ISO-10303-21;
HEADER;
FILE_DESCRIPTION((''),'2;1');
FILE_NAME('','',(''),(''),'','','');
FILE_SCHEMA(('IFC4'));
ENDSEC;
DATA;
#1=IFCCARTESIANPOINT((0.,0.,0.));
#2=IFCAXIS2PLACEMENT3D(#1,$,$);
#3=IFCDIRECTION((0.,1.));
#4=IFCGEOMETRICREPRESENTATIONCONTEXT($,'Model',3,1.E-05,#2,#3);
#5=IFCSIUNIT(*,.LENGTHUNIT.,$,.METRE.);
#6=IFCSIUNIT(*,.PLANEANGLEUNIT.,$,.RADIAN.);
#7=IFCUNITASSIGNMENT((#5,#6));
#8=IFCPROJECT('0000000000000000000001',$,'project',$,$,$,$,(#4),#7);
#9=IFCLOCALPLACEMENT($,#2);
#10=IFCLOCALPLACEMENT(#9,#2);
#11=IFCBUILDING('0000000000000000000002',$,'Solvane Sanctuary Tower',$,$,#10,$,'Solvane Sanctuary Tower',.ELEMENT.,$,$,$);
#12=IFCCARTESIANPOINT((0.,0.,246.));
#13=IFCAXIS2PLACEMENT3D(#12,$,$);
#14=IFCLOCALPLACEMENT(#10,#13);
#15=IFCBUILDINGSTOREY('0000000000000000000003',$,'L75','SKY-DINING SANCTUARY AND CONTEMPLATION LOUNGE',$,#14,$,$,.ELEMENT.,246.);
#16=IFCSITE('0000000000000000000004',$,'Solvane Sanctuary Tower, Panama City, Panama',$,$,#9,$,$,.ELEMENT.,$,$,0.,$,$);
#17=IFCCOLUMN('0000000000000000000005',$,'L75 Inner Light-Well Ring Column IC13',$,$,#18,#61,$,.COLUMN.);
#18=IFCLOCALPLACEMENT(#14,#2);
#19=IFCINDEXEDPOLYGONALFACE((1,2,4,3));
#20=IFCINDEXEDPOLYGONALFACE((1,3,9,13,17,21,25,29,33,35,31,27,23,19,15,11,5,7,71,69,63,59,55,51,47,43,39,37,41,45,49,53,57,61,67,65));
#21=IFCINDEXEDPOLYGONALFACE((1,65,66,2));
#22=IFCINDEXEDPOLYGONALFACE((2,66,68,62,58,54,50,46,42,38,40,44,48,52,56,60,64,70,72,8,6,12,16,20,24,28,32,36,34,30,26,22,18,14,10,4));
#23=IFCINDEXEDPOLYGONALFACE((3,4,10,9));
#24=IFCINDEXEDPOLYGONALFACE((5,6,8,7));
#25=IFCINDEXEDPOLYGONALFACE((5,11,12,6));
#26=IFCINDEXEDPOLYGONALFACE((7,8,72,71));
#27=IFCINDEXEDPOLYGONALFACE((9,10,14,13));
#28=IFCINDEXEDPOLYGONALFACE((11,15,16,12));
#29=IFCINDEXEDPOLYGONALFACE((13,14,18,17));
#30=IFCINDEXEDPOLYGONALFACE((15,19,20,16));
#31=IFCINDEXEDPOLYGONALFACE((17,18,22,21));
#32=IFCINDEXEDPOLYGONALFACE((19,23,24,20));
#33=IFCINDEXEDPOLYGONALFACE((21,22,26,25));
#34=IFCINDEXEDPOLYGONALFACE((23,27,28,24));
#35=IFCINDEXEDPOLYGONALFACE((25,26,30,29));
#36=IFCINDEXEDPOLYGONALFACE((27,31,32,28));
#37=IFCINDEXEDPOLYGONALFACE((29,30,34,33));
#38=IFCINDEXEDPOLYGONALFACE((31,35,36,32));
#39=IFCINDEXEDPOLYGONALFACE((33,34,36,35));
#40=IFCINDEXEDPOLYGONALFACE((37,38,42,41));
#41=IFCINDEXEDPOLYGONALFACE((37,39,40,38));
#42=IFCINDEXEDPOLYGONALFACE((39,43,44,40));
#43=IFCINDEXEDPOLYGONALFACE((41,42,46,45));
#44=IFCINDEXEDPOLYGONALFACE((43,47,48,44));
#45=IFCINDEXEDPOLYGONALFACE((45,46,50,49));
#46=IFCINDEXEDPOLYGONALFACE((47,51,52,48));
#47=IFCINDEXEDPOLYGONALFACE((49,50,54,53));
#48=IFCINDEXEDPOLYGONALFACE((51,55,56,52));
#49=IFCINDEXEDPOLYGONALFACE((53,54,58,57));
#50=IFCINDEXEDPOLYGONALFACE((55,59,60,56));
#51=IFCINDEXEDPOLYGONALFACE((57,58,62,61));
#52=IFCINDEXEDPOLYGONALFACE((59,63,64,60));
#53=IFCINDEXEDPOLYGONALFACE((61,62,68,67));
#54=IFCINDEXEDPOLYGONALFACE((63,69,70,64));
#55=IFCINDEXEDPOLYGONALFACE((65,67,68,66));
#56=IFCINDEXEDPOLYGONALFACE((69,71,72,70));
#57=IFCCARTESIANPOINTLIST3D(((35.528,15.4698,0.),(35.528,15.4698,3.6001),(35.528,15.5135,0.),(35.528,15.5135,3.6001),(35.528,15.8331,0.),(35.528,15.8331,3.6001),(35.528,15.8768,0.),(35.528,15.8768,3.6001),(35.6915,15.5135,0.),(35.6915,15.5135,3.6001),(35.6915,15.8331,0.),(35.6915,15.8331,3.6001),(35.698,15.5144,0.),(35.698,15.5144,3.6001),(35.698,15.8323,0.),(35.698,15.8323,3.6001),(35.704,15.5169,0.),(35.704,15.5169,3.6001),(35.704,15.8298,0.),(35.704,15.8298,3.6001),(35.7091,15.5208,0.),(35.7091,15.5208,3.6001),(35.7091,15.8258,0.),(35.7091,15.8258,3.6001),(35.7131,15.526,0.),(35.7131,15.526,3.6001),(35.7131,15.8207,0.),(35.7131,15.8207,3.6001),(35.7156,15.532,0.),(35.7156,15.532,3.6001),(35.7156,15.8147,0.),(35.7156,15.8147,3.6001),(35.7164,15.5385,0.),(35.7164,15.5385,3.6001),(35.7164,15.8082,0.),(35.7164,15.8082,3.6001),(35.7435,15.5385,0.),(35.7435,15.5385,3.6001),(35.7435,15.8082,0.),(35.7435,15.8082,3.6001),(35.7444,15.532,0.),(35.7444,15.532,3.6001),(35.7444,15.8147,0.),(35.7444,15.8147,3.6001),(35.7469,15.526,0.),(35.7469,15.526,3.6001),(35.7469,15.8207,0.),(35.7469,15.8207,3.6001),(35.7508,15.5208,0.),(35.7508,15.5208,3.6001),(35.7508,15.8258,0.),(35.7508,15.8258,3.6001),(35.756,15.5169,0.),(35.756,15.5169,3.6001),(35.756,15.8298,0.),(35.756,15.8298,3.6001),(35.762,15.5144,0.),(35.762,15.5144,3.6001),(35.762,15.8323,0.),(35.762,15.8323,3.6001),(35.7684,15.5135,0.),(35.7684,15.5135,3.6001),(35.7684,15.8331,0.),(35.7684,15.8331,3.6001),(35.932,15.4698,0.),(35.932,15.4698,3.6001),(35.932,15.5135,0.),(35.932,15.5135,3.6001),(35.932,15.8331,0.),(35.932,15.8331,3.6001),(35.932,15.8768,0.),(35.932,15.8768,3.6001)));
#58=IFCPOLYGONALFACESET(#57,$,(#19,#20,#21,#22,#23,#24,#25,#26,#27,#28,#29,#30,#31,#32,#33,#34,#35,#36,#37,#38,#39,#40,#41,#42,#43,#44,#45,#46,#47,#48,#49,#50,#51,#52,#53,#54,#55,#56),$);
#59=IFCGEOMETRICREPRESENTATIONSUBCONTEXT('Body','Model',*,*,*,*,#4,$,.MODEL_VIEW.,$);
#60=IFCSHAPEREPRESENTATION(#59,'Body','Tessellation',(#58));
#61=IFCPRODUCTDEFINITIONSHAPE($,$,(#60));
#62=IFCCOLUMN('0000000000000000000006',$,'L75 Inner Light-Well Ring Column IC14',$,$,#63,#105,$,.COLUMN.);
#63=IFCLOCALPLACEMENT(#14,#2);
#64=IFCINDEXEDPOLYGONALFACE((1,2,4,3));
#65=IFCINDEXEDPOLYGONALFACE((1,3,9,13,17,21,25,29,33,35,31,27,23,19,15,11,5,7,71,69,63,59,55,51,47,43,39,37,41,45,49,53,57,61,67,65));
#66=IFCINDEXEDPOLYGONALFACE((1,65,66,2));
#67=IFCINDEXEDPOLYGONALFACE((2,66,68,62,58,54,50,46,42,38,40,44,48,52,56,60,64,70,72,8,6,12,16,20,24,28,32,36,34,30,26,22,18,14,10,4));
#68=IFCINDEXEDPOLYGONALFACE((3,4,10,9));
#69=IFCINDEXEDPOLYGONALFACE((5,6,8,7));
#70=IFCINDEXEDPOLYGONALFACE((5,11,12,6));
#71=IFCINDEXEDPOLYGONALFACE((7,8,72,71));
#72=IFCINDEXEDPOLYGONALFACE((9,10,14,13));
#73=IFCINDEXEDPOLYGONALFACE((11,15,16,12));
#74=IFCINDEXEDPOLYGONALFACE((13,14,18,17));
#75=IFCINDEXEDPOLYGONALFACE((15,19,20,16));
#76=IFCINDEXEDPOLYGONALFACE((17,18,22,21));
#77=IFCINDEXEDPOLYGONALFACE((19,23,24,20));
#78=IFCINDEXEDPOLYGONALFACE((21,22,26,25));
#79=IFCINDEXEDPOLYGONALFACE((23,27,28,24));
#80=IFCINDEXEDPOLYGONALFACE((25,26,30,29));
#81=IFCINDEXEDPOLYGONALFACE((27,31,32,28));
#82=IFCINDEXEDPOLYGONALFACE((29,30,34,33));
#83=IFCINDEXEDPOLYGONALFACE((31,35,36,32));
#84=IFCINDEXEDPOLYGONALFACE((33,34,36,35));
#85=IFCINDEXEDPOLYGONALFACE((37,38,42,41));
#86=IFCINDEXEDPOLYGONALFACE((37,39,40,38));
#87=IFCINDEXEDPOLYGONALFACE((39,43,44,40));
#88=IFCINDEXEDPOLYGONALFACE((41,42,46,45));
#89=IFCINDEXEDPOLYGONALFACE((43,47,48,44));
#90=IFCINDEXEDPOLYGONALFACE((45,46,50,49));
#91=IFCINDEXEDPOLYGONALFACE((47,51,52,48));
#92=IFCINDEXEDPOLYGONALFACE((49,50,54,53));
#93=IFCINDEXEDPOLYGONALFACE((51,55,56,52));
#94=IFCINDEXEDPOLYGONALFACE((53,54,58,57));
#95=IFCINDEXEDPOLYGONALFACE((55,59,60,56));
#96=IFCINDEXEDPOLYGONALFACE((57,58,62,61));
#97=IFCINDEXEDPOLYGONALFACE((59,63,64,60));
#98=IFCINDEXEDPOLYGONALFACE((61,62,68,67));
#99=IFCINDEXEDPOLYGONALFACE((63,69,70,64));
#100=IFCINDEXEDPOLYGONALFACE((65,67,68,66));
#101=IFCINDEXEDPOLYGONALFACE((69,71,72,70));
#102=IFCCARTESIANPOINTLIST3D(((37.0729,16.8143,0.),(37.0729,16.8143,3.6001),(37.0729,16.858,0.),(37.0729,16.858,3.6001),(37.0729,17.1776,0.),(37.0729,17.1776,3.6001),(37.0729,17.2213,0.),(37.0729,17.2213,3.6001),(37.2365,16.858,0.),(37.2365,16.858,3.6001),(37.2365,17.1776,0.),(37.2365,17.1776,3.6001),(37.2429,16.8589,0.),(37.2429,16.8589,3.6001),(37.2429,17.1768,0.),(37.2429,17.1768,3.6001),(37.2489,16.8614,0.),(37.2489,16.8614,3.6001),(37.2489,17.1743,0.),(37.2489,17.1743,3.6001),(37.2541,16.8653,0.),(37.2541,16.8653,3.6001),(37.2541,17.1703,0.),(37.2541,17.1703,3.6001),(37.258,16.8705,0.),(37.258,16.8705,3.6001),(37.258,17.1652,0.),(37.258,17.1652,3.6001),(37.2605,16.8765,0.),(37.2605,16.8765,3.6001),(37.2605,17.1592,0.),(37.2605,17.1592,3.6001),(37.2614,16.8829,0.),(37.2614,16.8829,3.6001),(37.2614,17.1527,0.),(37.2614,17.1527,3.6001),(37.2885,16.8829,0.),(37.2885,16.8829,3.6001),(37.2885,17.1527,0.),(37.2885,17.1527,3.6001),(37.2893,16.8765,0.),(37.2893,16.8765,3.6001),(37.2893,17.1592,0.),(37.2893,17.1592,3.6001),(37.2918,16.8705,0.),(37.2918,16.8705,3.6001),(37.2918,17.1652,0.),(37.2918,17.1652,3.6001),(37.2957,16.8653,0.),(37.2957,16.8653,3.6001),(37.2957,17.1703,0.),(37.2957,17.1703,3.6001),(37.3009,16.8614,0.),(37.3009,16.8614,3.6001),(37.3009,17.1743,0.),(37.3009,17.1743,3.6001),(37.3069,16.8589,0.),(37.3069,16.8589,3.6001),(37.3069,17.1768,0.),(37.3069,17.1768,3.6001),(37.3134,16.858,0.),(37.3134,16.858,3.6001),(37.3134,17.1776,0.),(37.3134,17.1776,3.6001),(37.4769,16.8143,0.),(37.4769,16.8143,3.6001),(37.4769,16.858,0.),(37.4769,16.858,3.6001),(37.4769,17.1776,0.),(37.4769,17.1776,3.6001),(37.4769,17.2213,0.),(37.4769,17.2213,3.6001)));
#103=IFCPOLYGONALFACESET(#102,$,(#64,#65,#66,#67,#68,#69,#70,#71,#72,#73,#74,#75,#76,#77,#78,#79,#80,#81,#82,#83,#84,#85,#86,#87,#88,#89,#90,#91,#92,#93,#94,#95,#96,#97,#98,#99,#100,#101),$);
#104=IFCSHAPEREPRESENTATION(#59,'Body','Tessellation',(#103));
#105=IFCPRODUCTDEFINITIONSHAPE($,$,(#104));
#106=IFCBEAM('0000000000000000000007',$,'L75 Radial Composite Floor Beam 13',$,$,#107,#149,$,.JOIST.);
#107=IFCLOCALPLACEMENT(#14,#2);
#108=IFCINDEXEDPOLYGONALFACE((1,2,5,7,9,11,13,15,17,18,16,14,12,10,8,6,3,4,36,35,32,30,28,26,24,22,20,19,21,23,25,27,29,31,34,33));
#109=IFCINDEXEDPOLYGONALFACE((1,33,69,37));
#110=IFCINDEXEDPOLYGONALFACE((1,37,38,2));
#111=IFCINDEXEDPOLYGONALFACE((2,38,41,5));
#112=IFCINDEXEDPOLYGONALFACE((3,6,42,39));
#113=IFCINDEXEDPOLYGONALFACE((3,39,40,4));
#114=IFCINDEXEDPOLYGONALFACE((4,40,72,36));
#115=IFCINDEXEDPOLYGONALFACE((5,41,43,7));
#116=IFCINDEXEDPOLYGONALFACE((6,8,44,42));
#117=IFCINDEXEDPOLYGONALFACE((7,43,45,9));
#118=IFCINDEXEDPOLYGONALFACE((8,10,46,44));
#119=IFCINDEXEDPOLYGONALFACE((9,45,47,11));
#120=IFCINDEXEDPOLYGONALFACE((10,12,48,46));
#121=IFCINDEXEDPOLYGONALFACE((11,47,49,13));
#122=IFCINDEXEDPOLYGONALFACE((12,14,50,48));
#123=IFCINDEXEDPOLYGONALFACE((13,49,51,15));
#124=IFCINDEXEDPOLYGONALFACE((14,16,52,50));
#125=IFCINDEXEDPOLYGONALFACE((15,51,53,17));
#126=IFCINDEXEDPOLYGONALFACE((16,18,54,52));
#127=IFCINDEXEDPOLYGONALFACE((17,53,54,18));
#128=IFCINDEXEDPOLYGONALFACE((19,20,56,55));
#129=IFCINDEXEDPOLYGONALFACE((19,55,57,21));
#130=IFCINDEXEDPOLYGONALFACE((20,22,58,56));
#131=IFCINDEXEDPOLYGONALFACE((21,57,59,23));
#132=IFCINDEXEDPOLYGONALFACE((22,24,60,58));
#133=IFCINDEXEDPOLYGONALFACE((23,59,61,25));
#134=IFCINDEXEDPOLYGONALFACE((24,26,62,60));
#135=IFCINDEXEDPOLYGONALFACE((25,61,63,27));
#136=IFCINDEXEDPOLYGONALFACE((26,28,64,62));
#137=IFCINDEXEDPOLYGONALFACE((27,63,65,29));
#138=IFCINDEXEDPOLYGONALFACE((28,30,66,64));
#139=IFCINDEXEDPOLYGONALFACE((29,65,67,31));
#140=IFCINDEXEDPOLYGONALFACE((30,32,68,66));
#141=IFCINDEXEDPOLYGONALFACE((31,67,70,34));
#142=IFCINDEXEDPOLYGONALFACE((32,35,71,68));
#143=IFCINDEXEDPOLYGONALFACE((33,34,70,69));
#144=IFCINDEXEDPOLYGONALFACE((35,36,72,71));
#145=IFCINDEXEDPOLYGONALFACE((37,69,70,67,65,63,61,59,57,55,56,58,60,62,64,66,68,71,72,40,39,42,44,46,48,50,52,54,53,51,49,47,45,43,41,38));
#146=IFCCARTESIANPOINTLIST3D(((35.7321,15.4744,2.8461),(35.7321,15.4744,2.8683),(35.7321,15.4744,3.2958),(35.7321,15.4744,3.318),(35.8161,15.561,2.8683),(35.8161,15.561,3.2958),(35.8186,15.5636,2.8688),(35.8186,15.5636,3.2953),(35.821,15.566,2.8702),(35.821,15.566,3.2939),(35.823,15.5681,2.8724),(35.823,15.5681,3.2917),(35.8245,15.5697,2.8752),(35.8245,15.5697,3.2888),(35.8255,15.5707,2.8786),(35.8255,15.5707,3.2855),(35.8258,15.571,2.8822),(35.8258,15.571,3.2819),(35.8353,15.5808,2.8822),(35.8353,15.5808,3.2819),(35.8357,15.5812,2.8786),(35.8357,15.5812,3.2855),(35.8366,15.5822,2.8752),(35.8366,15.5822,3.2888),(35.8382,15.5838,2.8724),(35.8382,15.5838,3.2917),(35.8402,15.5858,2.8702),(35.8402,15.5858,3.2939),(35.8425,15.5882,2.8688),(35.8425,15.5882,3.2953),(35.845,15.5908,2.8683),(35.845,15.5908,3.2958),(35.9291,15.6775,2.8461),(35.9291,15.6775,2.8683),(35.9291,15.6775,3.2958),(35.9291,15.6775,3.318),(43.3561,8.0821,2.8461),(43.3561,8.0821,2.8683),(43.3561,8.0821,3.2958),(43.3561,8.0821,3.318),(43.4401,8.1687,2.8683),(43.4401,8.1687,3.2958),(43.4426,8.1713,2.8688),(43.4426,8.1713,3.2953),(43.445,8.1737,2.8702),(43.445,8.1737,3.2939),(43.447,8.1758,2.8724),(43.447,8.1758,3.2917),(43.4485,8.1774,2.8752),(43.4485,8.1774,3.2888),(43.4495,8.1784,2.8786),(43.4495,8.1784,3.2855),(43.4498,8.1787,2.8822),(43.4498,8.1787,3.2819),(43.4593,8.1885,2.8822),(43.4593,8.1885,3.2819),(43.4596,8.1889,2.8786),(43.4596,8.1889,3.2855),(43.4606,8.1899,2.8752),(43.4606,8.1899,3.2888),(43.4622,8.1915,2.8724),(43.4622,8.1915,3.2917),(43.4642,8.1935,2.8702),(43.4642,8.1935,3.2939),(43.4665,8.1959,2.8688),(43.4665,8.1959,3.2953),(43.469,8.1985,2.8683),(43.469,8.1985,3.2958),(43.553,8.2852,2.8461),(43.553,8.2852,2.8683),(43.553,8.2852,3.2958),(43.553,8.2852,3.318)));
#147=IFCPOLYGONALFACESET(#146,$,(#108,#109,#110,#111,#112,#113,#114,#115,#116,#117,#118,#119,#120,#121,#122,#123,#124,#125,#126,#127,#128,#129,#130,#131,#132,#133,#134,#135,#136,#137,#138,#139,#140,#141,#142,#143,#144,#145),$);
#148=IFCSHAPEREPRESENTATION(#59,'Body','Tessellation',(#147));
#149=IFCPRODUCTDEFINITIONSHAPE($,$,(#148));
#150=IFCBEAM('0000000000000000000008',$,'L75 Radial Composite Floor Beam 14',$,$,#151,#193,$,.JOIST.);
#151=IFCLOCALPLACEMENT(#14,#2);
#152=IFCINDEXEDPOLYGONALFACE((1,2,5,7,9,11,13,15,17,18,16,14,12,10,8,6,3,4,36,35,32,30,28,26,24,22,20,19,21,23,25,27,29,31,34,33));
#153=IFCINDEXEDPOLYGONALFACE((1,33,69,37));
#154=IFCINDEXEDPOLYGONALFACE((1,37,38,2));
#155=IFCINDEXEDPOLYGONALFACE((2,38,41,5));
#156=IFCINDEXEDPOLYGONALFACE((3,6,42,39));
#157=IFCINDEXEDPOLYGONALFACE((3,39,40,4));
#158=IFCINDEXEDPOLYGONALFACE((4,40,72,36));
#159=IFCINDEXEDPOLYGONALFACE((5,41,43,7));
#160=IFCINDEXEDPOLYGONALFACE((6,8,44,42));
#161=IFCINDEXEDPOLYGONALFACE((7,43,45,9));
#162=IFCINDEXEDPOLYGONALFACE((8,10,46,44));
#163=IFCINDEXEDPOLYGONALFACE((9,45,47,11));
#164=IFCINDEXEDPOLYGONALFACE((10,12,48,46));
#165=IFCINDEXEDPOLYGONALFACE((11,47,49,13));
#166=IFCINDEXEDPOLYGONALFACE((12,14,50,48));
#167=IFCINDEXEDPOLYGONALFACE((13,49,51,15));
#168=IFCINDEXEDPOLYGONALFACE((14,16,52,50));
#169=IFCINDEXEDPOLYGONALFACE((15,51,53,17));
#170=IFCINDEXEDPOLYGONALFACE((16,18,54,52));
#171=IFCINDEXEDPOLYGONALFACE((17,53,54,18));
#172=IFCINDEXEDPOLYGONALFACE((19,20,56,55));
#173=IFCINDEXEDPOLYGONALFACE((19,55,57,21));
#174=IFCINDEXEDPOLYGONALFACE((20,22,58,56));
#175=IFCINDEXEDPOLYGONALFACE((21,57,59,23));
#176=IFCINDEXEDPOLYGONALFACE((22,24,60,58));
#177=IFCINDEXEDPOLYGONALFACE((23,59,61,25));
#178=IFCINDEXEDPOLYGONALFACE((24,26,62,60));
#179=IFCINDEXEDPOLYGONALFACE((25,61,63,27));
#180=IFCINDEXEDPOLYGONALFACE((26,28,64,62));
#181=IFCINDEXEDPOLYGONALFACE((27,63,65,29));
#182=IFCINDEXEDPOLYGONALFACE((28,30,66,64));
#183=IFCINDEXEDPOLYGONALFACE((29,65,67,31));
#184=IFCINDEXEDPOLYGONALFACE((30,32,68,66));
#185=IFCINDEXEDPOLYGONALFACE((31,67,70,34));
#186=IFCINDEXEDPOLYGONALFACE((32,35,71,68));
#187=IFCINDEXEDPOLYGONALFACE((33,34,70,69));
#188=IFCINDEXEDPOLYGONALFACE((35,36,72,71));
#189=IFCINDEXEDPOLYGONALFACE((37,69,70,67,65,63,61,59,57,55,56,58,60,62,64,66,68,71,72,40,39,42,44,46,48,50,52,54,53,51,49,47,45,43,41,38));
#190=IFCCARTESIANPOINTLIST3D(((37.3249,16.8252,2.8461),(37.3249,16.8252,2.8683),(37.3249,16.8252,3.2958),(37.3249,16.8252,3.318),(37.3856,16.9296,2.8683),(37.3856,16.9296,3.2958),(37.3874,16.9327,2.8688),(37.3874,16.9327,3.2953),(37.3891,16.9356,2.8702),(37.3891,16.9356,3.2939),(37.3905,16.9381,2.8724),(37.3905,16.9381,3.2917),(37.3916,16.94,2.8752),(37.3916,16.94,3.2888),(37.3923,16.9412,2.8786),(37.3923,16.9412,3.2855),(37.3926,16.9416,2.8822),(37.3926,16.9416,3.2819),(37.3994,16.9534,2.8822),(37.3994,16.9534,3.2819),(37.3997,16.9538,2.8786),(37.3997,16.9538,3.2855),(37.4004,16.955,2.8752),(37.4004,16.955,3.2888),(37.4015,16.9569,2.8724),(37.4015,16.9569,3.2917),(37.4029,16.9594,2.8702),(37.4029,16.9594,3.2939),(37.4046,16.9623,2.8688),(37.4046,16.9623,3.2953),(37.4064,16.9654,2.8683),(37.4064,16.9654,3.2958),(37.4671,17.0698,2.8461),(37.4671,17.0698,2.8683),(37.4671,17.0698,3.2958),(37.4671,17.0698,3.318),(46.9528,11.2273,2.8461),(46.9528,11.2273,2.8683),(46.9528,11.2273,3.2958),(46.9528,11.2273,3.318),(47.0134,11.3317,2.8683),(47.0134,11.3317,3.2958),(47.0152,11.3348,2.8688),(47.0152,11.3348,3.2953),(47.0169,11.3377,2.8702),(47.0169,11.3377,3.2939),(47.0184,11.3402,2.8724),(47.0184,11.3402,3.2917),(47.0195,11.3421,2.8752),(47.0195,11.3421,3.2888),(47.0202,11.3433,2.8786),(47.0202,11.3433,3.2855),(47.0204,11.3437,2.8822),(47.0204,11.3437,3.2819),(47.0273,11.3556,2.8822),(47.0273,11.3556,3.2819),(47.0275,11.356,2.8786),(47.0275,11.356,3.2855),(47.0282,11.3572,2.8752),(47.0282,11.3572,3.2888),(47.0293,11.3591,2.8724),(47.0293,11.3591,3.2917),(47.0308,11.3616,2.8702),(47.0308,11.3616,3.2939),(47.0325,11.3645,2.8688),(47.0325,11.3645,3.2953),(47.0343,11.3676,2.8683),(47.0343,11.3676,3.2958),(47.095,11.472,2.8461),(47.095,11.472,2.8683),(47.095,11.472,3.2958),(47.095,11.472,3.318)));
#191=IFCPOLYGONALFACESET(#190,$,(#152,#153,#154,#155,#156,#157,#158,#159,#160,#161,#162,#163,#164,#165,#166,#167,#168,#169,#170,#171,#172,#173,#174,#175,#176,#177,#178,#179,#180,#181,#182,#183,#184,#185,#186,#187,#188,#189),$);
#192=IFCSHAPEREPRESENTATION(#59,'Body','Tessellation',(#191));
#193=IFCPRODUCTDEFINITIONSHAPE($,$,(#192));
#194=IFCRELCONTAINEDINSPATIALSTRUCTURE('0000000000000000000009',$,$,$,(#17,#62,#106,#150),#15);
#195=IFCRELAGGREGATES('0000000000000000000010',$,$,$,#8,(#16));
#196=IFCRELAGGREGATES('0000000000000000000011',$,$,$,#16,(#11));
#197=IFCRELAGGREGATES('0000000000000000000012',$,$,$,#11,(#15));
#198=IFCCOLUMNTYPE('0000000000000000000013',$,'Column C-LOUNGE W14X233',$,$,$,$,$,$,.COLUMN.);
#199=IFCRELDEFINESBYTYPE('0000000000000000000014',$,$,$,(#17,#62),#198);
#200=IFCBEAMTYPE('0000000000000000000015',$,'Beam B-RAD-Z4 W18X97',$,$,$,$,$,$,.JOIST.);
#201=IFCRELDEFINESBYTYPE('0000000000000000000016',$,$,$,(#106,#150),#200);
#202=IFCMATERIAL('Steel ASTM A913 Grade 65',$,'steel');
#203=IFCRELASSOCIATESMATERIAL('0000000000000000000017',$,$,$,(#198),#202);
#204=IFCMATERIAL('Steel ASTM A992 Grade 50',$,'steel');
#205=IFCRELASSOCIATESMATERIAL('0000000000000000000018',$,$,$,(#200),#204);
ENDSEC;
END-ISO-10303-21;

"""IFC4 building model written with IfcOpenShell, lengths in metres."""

from ifc_helpers import new_model, si_unit, direction, frame, origin, origin_2d, place, context, subcontext, project, spatial, i_section, extrude, material, material_profile, profile_set, type_object, element, save


model = new_model("IFC4")

# Units and contexts
model_context = context("Model", 3, precision=1e-05, world=origin(), true_north=direction((0.0, 1.0)))
body_context = subcontext(model_context, "Body", "Model", "MODEL_VIEW")
ifc_project = project(units=[si_unit("LENGTHUNIT", "METRE"), si_unit("PLANEANGLEUNIT", "RADIAN")], contexts=[model_context])

# Site, building, storey
site_placement = place(None, origin())
site = spatial("IfcSite", under=ifc_project, at=site_placement, Name="Solvane Sanctuary Tower, Panama City, Panama", CompositionType="ELEMENT", RefElevation=0.0)
building_placement = place(site_placement, origin())
building = spatial("IfcBuilding", under=site, at=building_placement, Name="Solvane Sanctuary Tower", LongName="Solvane Sanctuary Tower", CompositionType="ELEMENT")
storey_placement = place(building_placement, frame((0.0, 0.0, 246.0)))
storey = spatial("IfcBuildingStorey", under=building, at=storey_placement, Name="L75", Description="SKY-DINING SANCTUARY AND CONTEMPLATION LOUNGE", CompositionType="ELEMENT", Elevation=246.0)

# Columns
ifc_material_1 = material(Name="Steel ASTM A913 Grade 65", Category="steel")
ifc_material_profile_1 = material_profile(ifc_material_1, i_section(OverallWidth=0.4041, OverallDepth=0.407, WebThickness=0.0271, FlangeThickness=0.0437, FilletRadius=0.0249, at=origin_2d()), Name="W14X233")
ifc_profile_set_1 = profile_set([ifc_material_profile_1], Name="Steel ASTM A913 Grade 65")
column_type = type_object("IfcColumnType", Name="Column C-LOUNGE W14X233", PredefinedType="COLUMN", material=ifc_profile_set_1)
for number, where, z_axis, x_axis, name in (
    (1, (35.73, 15.6733, 0.0), (0.0, 0.0, 1.0), (1.0, 0.0, 0.0), "L75 Inner Light-Well Ring Column IC13"),
    (2, (37.2749, 17.0178, 0.0), (0.0, 0.0, 1.0), (1.0, 0.0, 0.0), "L75 Inner Light-Well Ring Column IC14"),
):
    element("IfcColumn", number, at=place(storey_placement, frame(where, z_axis=z_axis, x_axis=x_axis)), inside=storey, type_object=column_type, Name=name, PredefinedType="COLUMN", context=body_context, shape_type="SweptSolid", body=[
        extrude(i_section(OverallWidth=0.4041, OverallDepth=0.407, WebThickness=0.0271, FlangeThickness=0.0437, FilletRadius=0.0249, at=origin_2d()), origin(), (0.0, 0.0, 1.0), 3.6001),
    ])

# Beams
ifc_material_2 = material(Name="Steel ASTM A992 Grade 50", Category="steel")
ifc_material_profile_2 = material_profile(ifc_material_2, i_section(OverallWidth=0.283, OverallDepth=0.4719, WebThickness=0.0137, FlangeThickness=0.0222, FilletRadius=0.0139, at=origin_2d()), Name="W18X97")
ifc_profile_set_2 = profile_set([ifc_material_profile_2], Name="Steel ASTM A992 Grade 50")
beam_type_1 = type_object("IfcBeamType", Name="Beam B-RAD-Z4 W18X97", PredefinedType="JOIST", material=ifc_profile_set_2)
beam_1_placement = place(storey_placement, frame((35.8306, 15.5759, 3.082), z_axis=(0.717931, -0.696114, 0.0), x_axis=(0.696114, 0.717931, 0.0)))
element("IfcBeam", 3, at=beam_1_placement, inside=storey, type_object=beam_type_1, Name="L75 Radial Composite Floor Beam 13", PredefinedType="JOIST", context=body_context, shape_type="SweptSolid", body=[
    extrude(i_section(OverallWidth=0.283, OverallDepth=0.4719, WebThickness=0.0137, FlangeThickness=0.0222, FilletRadius=0.0139, at=origin_2d()), origin(), (0.0, 0.0, 1.0), 10.6194),
])
beam_2_placement = place(storey_placement, frame((37.396, 16.9475, 3.082), z_axis=(0.864497, -0.502638, 0.0), x_axis=(0.502638, 0.864497, 0.0)))
element("IfcBeam", 4, at=beam_2_placement, inside=storey, type_object=beam_type_1, Name="L75 Radial Composite Floor Beam 14", PredefinedType="JOIST", context=body_context, shape_type="SweptSolid", body=[
    extrude(i_section(OverallWidth=0.283, OverallDepth=0.4719, WebThickness=0.0137, FlangeThickness=0.0222, FilletRadius=0.0139, at=origin_2d()), origin(), (0.0, 0.0, 1.0), 11.137),
])

save(model, "model.ifc")
